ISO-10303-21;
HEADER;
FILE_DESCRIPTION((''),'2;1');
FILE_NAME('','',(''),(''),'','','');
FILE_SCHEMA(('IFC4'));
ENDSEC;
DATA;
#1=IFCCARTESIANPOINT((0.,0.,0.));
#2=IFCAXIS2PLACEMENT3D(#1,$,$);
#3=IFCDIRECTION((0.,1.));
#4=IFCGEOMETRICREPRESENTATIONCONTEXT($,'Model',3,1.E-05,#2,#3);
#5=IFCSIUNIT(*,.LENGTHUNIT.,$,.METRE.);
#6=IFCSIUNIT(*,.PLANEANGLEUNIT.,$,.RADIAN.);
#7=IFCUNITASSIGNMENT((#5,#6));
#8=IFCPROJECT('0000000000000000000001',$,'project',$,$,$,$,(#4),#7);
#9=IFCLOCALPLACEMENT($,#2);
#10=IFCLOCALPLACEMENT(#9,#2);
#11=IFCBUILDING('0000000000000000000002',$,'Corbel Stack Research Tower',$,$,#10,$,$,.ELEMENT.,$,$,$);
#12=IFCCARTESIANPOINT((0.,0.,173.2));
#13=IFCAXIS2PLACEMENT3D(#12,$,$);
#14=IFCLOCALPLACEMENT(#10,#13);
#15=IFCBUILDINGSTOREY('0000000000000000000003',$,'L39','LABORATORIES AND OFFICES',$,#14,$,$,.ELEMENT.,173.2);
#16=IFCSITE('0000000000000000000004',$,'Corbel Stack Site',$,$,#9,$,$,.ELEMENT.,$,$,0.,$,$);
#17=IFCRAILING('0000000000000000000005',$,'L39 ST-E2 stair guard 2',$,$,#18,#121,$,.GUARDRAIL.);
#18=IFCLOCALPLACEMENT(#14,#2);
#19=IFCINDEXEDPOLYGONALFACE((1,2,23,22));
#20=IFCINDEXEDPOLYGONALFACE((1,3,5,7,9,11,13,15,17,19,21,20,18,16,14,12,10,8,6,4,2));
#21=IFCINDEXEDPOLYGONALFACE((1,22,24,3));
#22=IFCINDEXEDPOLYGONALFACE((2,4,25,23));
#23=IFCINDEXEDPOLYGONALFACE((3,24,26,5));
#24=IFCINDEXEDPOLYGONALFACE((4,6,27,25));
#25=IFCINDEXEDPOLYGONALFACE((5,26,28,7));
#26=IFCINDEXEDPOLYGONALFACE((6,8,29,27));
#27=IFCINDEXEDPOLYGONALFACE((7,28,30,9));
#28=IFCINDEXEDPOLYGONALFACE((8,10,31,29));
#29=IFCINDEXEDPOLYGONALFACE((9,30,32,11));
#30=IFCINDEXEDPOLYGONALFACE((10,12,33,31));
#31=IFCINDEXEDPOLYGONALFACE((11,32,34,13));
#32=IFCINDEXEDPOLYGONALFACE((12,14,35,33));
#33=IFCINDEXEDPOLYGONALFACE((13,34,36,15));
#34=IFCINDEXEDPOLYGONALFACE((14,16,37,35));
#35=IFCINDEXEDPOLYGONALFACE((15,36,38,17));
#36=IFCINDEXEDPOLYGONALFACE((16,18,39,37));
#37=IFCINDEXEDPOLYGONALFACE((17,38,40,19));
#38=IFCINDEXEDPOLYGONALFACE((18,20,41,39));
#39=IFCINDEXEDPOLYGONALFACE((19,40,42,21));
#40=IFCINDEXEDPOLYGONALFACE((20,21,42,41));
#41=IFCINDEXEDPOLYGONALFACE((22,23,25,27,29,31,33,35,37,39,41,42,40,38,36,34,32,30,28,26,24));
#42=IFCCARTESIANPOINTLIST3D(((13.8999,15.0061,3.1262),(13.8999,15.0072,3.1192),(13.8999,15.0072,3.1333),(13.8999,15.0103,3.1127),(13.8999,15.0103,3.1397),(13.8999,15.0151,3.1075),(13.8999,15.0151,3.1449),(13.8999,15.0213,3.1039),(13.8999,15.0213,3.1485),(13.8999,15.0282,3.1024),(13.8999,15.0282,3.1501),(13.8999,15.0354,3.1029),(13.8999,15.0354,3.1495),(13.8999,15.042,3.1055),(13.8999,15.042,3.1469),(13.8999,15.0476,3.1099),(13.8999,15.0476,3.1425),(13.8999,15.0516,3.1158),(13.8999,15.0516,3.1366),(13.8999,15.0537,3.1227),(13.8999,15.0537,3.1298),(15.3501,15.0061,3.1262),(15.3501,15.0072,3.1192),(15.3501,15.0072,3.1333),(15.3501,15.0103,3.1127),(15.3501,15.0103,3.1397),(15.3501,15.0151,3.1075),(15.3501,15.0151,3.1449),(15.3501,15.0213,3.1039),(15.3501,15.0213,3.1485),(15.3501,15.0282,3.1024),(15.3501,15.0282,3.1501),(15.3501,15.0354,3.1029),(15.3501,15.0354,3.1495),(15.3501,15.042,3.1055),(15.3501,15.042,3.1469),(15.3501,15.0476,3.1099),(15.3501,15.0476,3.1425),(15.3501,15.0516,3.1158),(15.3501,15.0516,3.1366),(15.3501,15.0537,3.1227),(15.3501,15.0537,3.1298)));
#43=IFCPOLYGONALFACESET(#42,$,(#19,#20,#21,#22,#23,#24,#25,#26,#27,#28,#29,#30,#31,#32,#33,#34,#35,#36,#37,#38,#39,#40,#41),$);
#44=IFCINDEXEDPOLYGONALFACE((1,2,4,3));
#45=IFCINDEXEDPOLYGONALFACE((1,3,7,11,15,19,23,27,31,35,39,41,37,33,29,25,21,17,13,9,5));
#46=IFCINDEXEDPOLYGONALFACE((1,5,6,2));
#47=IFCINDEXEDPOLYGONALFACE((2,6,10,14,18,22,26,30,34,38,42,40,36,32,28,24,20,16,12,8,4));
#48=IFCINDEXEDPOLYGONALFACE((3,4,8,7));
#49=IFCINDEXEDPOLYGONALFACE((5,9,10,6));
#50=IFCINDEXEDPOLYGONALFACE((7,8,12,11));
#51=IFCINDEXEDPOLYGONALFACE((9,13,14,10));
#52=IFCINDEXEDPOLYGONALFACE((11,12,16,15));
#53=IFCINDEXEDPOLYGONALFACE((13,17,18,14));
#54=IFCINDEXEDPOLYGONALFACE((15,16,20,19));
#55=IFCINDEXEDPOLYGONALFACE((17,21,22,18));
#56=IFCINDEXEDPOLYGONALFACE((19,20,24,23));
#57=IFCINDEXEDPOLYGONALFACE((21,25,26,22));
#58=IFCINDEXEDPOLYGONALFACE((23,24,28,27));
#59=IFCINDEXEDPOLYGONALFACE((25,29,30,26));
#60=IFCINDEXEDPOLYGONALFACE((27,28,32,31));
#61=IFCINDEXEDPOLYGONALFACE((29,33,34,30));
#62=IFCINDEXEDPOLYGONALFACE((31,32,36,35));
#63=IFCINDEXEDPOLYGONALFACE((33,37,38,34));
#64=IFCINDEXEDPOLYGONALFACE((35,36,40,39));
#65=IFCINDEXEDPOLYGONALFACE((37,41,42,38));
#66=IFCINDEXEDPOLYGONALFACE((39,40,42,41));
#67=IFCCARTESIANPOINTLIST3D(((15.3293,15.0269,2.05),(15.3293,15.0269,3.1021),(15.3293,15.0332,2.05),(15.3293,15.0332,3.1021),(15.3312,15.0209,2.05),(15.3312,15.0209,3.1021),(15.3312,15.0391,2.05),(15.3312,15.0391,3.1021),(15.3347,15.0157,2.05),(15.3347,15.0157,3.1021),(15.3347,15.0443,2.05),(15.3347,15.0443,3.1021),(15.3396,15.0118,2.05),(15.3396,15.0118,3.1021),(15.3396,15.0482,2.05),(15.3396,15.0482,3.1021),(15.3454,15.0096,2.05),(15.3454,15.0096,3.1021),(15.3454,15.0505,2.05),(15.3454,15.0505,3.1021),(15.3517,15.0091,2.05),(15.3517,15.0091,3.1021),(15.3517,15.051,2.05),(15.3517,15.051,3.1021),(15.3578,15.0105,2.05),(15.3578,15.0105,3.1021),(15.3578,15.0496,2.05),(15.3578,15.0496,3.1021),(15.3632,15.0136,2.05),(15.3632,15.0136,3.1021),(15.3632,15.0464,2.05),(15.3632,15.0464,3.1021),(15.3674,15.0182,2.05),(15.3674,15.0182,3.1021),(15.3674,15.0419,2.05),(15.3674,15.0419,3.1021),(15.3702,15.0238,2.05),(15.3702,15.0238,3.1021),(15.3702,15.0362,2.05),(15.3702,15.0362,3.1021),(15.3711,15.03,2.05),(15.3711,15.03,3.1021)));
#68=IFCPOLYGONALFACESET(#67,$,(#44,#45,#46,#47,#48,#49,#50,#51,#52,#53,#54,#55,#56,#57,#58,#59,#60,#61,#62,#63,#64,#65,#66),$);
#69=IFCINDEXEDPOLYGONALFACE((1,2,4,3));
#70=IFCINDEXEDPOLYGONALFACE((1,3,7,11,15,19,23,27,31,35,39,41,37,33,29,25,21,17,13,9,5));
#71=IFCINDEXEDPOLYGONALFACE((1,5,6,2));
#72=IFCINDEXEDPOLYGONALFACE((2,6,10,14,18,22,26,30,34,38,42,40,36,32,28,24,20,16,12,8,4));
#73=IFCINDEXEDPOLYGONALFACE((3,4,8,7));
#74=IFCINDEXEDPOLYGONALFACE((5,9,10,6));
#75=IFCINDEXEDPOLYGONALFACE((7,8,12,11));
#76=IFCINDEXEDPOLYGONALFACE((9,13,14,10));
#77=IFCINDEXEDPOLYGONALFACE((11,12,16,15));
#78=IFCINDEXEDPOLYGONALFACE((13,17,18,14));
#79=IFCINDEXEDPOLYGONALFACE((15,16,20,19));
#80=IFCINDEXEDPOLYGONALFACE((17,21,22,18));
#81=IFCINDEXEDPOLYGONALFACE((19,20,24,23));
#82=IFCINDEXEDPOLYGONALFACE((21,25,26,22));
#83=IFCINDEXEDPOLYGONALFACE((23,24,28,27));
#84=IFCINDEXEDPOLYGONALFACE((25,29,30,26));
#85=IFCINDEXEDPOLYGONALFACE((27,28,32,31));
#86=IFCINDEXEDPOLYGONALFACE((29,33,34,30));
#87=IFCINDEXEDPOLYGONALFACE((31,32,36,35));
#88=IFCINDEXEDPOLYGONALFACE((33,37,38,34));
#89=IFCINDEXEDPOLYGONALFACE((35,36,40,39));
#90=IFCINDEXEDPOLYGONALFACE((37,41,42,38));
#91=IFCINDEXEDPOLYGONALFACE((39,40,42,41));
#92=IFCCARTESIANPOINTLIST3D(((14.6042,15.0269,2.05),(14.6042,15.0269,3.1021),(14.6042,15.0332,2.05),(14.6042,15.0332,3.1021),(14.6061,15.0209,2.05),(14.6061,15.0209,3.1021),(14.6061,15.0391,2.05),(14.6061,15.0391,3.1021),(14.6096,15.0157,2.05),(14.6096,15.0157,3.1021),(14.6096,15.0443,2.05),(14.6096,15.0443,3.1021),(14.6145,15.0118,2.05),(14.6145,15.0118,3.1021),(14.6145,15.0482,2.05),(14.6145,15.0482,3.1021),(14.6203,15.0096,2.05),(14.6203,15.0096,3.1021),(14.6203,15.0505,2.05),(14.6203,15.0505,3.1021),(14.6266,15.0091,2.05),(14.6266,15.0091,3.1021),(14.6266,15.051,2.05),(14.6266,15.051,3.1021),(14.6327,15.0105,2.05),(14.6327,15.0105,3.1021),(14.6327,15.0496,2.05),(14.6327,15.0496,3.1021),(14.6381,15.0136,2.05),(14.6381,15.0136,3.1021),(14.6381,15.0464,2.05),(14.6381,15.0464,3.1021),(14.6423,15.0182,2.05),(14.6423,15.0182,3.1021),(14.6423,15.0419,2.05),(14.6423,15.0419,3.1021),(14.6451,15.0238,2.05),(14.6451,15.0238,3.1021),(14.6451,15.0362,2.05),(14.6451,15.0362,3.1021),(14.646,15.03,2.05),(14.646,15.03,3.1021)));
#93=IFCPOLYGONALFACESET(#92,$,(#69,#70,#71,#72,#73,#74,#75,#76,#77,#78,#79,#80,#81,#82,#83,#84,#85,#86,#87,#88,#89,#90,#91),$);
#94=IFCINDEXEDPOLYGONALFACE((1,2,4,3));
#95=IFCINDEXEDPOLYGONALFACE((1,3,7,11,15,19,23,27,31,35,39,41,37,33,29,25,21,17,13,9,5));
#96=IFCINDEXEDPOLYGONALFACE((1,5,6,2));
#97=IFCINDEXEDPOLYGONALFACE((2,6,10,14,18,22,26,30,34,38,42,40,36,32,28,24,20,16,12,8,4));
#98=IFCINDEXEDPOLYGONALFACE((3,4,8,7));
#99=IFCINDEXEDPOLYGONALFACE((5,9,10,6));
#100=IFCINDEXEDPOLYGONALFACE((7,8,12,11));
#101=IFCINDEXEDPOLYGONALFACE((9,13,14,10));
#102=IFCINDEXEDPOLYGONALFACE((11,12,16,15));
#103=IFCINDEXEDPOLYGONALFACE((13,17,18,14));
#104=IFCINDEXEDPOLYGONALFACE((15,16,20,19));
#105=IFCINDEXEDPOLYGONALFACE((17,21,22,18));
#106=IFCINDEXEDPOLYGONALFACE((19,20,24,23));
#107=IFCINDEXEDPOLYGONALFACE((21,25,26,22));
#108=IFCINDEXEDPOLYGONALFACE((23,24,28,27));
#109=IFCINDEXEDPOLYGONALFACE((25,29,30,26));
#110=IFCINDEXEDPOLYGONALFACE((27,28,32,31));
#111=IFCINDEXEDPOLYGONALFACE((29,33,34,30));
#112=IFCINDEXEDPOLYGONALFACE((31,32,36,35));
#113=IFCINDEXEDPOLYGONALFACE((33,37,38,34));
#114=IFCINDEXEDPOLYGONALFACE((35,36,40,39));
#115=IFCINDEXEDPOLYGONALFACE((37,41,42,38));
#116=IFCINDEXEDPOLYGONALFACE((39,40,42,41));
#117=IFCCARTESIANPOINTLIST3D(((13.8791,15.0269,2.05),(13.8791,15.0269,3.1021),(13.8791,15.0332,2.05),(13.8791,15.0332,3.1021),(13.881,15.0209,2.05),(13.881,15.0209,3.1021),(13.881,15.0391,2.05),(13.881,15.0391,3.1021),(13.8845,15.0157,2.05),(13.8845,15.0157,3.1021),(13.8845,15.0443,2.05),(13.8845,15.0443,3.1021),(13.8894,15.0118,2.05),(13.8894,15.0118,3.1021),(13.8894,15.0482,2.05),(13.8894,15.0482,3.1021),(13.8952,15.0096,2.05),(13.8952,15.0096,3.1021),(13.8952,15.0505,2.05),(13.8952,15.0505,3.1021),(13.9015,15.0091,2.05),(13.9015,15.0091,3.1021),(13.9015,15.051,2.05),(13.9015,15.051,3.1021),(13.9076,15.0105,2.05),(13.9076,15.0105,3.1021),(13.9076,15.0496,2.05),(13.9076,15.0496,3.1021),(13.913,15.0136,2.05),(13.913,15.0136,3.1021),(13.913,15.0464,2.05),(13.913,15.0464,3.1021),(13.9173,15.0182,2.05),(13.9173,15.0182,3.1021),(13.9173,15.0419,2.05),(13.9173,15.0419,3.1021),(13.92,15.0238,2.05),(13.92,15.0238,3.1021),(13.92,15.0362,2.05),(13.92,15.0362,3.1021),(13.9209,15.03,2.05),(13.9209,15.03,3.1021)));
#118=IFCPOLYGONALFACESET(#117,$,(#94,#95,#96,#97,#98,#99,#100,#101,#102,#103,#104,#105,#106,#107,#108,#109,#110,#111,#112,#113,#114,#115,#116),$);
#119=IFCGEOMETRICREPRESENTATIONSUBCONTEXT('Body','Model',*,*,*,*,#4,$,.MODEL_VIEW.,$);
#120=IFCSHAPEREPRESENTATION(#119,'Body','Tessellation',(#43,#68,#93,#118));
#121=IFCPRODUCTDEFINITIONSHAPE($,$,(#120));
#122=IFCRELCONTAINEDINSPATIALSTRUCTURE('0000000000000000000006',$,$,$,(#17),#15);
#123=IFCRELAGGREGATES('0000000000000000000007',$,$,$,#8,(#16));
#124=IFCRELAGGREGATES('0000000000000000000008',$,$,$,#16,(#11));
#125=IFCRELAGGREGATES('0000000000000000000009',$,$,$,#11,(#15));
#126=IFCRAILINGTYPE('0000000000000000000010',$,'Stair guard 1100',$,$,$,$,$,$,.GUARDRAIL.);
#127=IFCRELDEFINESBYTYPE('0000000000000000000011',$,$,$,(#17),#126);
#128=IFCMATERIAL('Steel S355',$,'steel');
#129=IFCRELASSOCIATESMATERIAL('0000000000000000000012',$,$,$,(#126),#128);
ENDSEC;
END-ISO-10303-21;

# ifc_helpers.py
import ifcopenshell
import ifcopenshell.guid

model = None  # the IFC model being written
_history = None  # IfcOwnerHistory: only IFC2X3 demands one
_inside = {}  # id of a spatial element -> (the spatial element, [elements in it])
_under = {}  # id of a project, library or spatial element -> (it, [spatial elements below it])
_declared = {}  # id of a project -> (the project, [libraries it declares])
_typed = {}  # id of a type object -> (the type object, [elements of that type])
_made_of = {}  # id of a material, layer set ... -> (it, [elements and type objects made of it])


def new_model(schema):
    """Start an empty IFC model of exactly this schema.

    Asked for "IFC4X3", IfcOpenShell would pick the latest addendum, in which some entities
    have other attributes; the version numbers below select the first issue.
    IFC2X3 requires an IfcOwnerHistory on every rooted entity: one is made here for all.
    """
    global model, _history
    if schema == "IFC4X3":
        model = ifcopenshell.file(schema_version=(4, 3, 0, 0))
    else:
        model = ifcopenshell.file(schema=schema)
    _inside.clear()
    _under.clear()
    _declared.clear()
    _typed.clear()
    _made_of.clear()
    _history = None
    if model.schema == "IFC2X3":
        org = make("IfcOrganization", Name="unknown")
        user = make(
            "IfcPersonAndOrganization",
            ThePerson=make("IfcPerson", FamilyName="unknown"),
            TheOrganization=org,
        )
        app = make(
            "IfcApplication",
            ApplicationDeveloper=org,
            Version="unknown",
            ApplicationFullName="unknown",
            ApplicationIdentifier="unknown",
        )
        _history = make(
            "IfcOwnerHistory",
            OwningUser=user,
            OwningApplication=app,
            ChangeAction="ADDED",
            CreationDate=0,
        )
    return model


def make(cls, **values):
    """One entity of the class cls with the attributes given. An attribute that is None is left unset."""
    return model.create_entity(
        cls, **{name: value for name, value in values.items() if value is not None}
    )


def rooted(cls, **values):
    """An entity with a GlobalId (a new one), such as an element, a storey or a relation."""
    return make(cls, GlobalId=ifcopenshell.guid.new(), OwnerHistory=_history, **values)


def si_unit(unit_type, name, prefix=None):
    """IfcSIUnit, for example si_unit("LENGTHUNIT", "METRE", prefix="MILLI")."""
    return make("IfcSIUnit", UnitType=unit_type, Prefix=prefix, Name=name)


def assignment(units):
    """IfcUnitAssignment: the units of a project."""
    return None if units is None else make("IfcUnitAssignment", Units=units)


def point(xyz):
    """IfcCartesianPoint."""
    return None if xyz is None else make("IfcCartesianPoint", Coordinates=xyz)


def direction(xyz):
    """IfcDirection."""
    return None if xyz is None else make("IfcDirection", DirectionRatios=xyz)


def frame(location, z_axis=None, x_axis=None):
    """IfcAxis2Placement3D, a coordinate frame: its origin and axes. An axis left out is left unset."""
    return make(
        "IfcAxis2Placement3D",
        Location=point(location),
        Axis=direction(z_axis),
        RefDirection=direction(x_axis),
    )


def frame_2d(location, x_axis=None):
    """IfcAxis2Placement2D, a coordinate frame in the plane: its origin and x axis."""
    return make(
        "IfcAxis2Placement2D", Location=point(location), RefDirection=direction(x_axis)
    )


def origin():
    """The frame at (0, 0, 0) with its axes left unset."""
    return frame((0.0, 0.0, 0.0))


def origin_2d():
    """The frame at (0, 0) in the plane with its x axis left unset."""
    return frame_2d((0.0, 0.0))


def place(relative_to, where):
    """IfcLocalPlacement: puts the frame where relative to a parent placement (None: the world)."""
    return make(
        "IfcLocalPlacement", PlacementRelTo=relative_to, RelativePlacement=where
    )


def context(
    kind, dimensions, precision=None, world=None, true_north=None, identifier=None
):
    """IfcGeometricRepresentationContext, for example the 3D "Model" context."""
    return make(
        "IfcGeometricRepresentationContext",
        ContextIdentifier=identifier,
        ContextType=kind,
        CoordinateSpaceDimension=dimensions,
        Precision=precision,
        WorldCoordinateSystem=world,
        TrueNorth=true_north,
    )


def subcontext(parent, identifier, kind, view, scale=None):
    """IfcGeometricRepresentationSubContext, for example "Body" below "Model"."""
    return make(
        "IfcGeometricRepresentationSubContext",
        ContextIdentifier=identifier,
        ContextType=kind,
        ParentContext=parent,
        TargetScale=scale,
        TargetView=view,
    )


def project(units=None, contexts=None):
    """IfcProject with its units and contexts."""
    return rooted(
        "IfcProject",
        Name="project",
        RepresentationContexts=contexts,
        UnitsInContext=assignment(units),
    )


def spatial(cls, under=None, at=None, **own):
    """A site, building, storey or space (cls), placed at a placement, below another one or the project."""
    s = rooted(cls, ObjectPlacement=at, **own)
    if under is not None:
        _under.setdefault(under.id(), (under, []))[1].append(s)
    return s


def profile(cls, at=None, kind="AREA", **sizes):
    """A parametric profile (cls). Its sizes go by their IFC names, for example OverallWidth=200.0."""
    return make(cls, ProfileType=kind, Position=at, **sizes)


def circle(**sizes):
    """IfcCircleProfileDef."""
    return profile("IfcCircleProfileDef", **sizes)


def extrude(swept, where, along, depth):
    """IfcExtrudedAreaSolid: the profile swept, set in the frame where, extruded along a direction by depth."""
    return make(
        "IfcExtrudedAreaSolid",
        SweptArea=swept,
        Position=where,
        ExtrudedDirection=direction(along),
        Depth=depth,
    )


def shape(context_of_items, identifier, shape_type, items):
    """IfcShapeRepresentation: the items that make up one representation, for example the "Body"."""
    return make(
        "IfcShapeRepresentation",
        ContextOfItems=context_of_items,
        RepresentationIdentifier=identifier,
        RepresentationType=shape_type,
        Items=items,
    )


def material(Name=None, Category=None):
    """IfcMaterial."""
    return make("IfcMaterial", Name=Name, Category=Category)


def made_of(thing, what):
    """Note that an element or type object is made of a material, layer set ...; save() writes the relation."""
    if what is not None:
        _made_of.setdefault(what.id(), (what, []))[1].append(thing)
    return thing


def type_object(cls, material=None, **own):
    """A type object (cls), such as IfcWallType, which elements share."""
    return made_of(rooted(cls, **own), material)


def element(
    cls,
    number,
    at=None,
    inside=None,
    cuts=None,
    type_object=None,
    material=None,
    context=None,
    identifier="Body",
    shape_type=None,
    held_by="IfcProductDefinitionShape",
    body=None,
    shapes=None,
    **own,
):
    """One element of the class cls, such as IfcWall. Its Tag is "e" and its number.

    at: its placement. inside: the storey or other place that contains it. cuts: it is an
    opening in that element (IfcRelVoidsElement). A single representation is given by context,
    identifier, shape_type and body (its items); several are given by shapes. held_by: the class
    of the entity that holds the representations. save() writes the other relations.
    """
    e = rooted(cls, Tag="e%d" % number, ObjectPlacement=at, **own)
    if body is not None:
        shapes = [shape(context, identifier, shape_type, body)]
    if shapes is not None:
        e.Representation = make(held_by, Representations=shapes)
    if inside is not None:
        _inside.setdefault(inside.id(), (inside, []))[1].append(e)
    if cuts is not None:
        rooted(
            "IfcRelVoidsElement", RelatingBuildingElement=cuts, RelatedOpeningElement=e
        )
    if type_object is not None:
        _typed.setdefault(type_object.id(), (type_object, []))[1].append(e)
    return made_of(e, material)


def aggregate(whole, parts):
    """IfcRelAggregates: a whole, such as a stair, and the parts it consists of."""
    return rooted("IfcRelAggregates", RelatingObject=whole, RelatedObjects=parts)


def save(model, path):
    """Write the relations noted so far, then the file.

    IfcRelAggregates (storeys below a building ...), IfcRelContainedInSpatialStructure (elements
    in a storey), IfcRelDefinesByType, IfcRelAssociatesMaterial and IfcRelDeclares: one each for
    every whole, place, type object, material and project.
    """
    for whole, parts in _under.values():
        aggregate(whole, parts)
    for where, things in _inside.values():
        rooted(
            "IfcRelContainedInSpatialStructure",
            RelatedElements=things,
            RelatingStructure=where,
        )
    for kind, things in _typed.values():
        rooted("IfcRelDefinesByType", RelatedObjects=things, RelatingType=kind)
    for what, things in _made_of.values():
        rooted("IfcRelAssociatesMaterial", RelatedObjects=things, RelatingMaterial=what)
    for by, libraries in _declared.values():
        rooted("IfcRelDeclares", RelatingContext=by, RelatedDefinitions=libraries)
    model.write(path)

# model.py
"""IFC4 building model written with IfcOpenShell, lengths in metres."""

from ifc_helpers import new_model, si_unit, direction, frame, origin, origin_2d, place, context, subcontext, project, spatial, circle, extrude, material, type_object, element, save


model = new_model("IFC4")

# Units and contexts
model_context = context("Model", 3, precision=1e-05, world=origin(), true_north=direction((0.0, 1.0)))
body_context = subcontext(model_context, "Body", "Model", "MODEL_VIEW")
ifc_project = project(units=[si_unit("LENGTHUNIT", "METRE"), si_unit("PLANEANGLEUNIT", "RADIAN")], contexts=[model_context])

# Site, building, storey
site_placement = place(None, origin())
site = spatial("IfcSite", under=ifc_project, at=site_placement, Name="Corbel Stack Site", CompositionType="ELEMENT", RefElevation=0.0)
building_placement = place(site_placement, origin())
building = spatial("IfcBuilding", under=site, at=building_placement, Name="Corbel Stack Research Tower", CompositionType="ELEMENT")
storey_placement = place(building_placement, frame((0.0, 0.0, 173.2)))
storey = spatial("IfcBuildingStorey", under=building, at=storey_placement, Name="L39", Description="LABORATORIES AND OFFICES", CompositionType="ELEMENT", Elevation=173.2)

# Railing
ifc_material_1 = material(Name="Steel S355", Category="steel")
railing_type_1 = type_object("IfcRailingType", Name="Stair guard 1100", PredefinedType="GUARDRAIL", material=ifc_material_1)
railing_1_placement = place(storey_placement, frame((15.3501, 15.03, 2.05)))
element("IfcRailing", 1, at=railing_1_placement, inside=storey, type_object=railing_type_1, Name="L39 ST-E2 stair guard 2", PredefinedType="GUARDRAIL", context=body_context, shape_type="SweptSolid", body=[
    extrude(circle(Radius=0.0239, at=origin_2d()), frame((0.0, 0.0, 1.0762), z_axis=(-1.0, 0.0, 0.0), x_axis=(0.0, -1.0, 0.0)), (0.0, 0.0, 1.0), 1.4502),
    extrude(circle(Radius=0.021, at=origin_2d()), origin(), (0.0, 0.0, 1.0), 1.052),
    extrude(circle(Radius=0.021, at=origin_2d()), frame((-0.7251, 0.0, 0.0)), (0.0, 0.0, 1.0), 1.052),
    extrude(circle(Radius=0.021, at=origin_2d()), frame((-1.4502, 0.0, 0.0)), (0.0, 0.0, 1.0), 1.052),
])

save(model, "model.ifc")
